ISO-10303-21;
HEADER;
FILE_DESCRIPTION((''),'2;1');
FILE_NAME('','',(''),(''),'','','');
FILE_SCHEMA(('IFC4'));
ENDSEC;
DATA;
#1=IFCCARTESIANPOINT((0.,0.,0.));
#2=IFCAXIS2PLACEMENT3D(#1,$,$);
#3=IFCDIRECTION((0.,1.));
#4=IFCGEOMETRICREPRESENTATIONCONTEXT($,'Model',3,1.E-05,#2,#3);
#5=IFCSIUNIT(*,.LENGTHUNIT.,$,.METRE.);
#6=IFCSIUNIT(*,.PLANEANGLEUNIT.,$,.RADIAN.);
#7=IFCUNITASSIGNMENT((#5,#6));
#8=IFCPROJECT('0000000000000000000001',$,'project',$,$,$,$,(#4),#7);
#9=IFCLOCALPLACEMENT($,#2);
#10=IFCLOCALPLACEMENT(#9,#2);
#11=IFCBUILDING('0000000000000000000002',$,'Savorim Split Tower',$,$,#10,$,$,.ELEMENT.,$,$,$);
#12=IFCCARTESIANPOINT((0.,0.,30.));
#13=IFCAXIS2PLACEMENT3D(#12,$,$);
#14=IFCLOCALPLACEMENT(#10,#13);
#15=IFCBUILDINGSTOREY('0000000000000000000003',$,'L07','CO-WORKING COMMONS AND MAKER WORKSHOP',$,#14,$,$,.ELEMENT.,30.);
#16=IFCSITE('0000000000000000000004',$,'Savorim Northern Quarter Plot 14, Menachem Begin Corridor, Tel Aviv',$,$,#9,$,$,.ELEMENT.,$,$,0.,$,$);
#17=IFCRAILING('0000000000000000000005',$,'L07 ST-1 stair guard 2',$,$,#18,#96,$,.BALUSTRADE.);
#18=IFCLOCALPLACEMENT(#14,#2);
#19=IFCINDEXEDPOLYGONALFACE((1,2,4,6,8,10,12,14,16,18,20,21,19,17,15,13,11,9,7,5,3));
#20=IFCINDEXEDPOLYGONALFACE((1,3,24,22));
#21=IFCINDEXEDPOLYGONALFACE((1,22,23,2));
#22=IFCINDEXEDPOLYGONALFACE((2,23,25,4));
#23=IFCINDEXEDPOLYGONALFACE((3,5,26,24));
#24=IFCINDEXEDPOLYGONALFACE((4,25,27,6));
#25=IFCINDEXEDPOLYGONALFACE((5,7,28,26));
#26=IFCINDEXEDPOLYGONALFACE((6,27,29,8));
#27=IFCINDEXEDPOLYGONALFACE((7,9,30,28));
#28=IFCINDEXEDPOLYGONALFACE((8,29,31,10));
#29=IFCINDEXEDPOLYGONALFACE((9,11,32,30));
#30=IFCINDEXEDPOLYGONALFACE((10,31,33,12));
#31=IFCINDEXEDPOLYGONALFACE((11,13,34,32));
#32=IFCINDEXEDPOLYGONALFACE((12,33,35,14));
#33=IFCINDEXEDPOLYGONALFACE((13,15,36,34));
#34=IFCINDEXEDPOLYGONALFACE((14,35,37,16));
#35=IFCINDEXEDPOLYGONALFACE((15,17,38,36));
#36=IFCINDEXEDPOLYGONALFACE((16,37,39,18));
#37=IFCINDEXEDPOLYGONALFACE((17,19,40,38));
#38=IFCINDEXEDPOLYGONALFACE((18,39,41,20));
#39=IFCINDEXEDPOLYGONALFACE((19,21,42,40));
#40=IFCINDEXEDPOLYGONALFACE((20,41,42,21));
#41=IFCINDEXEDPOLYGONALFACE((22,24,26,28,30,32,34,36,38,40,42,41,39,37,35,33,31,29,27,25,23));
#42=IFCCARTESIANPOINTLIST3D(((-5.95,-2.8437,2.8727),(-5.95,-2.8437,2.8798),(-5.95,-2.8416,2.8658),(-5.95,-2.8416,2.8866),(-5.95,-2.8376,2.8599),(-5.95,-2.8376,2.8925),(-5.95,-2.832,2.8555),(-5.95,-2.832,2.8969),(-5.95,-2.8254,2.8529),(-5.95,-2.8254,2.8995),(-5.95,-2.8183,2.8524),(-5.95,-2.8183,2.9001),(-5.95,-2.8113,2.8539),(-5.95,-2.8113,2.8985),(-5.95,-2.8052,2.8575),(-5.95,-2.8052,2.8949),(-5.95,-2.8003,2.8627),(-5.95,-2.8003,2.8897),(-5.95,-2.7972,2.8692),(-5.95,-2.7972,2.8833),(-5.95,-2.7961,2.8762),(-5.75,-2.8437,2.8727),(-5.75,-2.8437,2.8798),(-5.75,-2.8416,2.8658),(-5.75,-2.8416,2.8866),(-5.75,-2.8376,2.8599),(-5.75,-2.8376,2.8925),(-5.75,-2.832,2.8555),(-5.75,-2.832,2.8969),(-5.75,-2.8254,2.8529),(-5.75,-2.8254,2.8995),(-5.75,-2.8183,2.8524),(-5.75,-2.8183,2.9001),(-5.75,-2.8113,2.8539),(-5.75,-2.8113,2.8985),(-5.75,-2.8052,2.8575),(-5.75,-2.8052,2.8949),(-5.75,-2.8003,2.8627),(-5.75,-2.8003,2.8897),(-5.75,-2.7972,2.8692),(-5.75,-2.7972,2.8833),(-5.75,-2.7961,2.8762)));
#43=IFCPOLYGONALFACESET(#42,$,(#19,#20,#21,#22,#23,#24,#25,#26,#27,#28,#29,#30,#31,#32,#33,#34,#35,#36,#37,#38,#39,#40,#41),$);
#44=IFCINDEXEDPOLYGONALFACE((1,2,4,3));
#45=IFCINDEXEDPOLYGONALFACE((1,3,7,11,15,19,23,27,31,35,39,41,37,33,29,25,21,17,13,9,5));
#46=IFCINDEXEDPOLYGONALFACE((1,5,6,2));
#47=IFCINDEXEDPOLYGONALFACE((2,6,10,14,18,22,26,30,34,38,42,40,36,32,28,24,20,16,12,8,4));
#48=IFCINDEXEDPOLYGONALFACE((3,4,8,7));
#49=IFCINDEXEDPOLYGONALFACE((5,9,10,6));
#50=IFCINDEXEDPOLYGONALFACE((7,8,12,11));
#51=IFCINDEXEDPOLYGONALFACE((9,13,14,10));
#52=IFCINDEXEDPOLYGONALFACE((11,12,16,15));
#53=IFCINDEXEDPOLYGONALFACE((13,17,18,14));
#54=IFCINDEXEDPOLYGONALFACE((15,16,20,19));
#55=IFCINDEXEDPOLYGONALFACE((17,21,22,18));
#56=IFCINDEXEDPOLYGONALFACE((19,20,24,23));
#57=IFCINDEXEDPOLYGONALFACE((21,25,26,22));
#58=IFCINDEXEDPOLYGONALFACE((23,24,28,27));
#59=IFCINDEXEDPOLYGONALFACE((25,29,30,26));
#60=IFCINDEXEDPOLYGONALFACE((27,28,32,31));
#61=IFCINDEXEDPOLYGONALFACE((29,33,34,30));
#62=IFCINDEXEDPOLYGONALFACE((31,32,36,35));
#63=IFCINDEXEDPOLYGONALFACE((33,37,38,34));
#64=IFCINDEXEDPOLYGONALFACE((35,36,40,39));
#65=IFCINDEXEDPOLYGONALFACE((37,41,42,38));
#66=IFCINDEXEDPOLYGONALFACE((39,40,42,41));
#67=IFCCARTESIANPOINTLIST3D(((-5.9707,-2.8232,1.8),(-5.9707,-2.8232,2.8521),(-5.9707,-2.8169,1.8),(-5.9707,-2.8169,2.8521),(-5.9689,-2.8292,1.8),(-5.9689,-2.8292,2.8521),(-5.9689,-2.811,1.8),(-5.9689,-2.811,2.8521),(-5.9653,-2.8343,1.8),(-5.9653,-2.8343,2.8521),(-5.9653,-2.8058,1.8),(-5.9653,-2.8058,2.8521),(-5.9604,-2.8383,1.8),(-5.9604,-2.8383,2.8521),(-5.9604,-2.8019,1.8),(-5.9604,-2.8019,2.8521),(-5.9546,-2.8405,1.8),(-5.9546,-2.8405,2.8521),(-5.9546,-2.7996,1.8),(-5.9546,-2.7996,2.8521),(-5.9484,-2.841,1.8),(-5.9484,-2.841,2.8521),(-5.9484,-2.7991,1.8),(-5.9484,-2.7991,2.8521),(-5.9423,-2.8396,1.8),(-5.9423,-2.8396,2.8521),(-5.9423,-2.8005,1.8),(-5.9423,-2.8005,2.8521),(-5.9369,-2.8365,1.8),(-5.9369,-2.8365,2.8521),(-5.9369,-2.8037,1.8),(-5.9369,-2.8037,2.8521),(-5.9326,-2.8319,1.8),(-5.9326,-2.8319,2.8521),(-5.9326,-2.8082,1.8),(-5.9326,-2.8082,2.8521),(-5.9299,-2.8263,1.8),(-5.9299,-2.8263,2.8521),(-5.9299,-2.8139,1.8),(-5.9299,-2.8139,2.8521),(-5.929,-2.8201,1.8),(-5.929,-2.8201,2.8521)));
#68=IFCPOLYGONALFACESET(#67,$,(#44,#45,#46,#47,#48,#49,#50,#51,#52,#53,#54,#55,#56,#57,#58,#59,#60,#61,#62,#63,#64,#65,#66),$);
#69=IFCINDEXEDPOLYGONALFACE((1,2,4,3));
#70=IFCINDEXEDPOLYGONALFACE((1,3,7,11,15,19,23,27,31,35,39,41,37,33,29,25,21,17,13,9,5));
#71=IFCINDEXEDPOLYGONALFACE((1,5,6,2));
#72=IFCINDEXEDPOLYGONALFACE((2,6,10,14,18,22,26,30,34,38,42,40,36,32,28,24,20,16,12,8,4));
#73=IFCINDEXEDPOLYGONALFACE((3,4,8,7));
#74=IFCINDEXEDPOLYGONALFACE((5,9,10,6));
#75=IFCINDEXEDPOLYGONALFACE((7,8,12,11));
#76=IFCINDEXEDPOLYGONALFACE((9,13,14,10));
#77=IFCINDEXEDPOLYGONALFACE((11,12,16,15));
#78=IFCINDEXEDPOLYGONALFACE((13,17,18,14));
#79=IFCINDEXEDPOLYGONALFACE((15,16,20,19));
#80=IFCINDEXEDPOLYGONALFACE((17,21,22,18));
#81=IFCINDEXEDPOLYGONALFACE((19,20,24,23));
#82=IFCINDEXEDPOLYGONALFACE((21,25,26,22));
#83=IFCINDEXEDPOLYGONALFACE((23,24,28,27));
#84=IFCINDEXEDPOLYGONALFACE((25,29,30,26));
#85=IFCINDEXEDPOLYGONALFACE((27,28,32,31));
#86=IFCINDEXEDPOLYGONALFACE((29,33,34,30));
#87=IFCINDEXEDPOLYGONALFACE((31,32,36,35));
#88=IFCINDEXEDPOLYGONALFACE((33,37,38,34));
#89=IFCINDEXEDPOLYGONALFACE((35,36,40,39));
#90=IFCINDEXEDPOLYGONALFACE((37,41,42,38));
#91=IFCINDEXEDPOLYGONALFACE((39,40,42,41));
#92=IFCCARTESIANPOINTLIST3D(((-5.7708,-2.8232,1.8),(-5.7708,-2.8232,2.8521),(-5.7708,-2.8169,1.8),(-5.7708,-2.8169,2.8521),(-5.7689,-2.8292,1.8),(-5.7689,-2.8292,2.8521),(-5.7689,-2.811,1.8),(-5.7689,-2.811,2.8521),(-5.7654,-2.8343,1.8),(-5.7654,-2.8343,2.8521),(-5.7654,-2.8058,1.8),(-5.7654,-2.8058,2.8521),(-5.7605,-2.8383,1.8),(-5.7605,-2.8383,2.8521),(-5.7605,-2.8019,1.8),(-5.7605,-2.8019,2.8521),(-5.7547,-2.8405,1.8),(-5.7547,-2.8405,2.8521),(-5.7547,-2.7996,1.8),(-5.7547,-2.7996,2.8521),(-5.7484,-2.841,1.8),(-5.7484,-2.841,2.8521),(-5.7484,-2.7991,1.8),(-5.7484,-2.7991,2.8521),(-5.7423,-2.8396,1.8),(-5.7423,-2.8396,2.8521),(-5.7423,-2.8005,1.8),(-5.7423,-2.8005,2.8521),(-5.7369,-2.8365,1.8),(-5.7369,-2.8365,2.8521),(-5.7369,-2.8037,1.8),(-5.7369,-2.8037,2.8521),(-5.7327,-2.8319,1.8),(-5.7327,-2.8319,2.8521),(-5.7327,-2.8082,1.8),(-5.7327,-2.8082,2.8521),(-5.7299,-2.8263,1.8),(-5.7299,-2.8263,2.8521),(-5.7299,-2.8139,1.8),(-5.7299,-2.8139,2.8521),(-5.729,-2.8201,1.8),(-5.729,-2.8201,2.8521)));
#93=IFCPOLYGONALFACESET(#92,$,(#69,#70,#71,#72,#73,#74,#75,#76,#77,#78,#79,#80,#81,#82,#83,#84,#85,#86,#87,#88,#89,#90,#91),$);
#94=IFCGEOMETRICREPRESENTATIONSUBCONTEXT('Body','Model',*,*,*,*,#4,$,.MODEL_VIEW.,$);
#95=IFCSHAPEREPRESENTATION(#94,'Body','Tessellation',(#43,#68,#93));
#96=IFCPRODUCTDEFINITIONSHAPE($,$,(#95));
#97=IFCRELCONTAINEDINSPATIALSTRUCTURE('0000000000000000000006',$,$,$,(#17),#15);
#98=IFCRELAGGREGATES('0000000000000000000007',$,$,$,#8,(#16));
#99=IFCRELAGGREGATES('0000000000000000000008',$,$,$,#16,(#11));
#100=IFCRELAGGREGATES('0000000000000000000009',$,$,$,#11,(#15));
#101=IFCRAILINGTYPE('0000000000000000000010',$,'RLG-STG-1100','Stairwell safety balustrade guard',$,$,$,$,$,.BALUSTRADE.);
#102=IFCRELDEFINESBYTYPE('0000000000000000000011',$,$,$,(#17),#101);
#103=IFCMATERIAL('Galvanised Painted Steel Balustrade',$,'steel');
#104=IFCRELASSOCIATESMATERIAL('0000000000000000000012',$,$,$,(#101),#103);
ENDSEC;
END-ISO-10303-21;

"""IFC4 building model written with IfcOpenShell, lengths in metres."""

from ifc_helpers import new_model, si_unit, direction, frame, origin, origin_2d, place, context, subcontext, project, spatial, circle, extrude, material, type_object, element, save


model = new_model("IFC4")

# Units and contexts
model_context = context("Model", 3, precision=1e-05, world=origin(), true_north=direction((0.0, 1.0)))
body_context = subcontext(model_context, "Body", "Model", "MODEL_VIEW")
ifc_project = project(units=[si_unit("LENGTHUNIT", "METRE"), si_unit("PLANEANGLEUNIT", "RADIAN")], contexts=[model_context])

# Site, building, storey
site_placement = place(None, origin())
site = spatial("IfcSite", under=ifc_project, at=site_placement, Name="Savorim Northern Quarter Plot 14, Menachem Begin Corridor, Tel Aviv", CompositionType="ELEMENT", RefElevation=0.0)
building_placement = place(site_placement, origin())
building = spatial("IfcBuilding", under=site, at=building_placement, Name="Savorim Split Tower", CompositionType="ELEMENT")
storey_placement = place(building_placement, frame((0.0, 0.0, 30.0)))
storey = spatial("IfcBuildingStorey", under=building, at=storey_placement, Name="L07", Description="CO-WORKING COMMONS AND MAKER WORKSHOP", CompositionType="ELEMENT", Elevation=30.0)

# Railing
ifc_material_1 = material(Name="Galvanised Painted Steel Balustrade", Category="steel")
railing_type_1 = type_object("IfcRailingType", Name="RLG-STG-1100", Description="Stairwell safety balustrade guard", PredefinedType="BALUSTRADE", material=ifc_material_1)
railing_1_placement = place(storey_placement, frame((-5.95, -2.8201, 1.8)))
element("IfcRailing", 1, at=railing_1_placement, inside=storey, type_object=railing_type_1, Name="L07 ST-1 stair guard 2", PredefinedType="BALUSTRADE", context=body_context, shape_type="SweptSolid", body=[
    extrude(circle(Radius=0.0239, at=origin_2d()), frame((0.0, 0.0, 1.0762), z_axis=(1.0, 0.0, 0.0), x_axis=(0.0, 1.0, 0.0)), (0.0, 0.0, 1.0), 0.2),
    extrude(circle(Radius=0.021, at=origin_2d()), origin(), (0.0, 0.0, 1.0), 1.052),
    extrude(circle(Radius=0.021, at=origin_2d()), frame((0.2, 0.0, 0.0)), (0.0, 0.0, 1.0), 1.052),
])

save(model, "model.ifc")
